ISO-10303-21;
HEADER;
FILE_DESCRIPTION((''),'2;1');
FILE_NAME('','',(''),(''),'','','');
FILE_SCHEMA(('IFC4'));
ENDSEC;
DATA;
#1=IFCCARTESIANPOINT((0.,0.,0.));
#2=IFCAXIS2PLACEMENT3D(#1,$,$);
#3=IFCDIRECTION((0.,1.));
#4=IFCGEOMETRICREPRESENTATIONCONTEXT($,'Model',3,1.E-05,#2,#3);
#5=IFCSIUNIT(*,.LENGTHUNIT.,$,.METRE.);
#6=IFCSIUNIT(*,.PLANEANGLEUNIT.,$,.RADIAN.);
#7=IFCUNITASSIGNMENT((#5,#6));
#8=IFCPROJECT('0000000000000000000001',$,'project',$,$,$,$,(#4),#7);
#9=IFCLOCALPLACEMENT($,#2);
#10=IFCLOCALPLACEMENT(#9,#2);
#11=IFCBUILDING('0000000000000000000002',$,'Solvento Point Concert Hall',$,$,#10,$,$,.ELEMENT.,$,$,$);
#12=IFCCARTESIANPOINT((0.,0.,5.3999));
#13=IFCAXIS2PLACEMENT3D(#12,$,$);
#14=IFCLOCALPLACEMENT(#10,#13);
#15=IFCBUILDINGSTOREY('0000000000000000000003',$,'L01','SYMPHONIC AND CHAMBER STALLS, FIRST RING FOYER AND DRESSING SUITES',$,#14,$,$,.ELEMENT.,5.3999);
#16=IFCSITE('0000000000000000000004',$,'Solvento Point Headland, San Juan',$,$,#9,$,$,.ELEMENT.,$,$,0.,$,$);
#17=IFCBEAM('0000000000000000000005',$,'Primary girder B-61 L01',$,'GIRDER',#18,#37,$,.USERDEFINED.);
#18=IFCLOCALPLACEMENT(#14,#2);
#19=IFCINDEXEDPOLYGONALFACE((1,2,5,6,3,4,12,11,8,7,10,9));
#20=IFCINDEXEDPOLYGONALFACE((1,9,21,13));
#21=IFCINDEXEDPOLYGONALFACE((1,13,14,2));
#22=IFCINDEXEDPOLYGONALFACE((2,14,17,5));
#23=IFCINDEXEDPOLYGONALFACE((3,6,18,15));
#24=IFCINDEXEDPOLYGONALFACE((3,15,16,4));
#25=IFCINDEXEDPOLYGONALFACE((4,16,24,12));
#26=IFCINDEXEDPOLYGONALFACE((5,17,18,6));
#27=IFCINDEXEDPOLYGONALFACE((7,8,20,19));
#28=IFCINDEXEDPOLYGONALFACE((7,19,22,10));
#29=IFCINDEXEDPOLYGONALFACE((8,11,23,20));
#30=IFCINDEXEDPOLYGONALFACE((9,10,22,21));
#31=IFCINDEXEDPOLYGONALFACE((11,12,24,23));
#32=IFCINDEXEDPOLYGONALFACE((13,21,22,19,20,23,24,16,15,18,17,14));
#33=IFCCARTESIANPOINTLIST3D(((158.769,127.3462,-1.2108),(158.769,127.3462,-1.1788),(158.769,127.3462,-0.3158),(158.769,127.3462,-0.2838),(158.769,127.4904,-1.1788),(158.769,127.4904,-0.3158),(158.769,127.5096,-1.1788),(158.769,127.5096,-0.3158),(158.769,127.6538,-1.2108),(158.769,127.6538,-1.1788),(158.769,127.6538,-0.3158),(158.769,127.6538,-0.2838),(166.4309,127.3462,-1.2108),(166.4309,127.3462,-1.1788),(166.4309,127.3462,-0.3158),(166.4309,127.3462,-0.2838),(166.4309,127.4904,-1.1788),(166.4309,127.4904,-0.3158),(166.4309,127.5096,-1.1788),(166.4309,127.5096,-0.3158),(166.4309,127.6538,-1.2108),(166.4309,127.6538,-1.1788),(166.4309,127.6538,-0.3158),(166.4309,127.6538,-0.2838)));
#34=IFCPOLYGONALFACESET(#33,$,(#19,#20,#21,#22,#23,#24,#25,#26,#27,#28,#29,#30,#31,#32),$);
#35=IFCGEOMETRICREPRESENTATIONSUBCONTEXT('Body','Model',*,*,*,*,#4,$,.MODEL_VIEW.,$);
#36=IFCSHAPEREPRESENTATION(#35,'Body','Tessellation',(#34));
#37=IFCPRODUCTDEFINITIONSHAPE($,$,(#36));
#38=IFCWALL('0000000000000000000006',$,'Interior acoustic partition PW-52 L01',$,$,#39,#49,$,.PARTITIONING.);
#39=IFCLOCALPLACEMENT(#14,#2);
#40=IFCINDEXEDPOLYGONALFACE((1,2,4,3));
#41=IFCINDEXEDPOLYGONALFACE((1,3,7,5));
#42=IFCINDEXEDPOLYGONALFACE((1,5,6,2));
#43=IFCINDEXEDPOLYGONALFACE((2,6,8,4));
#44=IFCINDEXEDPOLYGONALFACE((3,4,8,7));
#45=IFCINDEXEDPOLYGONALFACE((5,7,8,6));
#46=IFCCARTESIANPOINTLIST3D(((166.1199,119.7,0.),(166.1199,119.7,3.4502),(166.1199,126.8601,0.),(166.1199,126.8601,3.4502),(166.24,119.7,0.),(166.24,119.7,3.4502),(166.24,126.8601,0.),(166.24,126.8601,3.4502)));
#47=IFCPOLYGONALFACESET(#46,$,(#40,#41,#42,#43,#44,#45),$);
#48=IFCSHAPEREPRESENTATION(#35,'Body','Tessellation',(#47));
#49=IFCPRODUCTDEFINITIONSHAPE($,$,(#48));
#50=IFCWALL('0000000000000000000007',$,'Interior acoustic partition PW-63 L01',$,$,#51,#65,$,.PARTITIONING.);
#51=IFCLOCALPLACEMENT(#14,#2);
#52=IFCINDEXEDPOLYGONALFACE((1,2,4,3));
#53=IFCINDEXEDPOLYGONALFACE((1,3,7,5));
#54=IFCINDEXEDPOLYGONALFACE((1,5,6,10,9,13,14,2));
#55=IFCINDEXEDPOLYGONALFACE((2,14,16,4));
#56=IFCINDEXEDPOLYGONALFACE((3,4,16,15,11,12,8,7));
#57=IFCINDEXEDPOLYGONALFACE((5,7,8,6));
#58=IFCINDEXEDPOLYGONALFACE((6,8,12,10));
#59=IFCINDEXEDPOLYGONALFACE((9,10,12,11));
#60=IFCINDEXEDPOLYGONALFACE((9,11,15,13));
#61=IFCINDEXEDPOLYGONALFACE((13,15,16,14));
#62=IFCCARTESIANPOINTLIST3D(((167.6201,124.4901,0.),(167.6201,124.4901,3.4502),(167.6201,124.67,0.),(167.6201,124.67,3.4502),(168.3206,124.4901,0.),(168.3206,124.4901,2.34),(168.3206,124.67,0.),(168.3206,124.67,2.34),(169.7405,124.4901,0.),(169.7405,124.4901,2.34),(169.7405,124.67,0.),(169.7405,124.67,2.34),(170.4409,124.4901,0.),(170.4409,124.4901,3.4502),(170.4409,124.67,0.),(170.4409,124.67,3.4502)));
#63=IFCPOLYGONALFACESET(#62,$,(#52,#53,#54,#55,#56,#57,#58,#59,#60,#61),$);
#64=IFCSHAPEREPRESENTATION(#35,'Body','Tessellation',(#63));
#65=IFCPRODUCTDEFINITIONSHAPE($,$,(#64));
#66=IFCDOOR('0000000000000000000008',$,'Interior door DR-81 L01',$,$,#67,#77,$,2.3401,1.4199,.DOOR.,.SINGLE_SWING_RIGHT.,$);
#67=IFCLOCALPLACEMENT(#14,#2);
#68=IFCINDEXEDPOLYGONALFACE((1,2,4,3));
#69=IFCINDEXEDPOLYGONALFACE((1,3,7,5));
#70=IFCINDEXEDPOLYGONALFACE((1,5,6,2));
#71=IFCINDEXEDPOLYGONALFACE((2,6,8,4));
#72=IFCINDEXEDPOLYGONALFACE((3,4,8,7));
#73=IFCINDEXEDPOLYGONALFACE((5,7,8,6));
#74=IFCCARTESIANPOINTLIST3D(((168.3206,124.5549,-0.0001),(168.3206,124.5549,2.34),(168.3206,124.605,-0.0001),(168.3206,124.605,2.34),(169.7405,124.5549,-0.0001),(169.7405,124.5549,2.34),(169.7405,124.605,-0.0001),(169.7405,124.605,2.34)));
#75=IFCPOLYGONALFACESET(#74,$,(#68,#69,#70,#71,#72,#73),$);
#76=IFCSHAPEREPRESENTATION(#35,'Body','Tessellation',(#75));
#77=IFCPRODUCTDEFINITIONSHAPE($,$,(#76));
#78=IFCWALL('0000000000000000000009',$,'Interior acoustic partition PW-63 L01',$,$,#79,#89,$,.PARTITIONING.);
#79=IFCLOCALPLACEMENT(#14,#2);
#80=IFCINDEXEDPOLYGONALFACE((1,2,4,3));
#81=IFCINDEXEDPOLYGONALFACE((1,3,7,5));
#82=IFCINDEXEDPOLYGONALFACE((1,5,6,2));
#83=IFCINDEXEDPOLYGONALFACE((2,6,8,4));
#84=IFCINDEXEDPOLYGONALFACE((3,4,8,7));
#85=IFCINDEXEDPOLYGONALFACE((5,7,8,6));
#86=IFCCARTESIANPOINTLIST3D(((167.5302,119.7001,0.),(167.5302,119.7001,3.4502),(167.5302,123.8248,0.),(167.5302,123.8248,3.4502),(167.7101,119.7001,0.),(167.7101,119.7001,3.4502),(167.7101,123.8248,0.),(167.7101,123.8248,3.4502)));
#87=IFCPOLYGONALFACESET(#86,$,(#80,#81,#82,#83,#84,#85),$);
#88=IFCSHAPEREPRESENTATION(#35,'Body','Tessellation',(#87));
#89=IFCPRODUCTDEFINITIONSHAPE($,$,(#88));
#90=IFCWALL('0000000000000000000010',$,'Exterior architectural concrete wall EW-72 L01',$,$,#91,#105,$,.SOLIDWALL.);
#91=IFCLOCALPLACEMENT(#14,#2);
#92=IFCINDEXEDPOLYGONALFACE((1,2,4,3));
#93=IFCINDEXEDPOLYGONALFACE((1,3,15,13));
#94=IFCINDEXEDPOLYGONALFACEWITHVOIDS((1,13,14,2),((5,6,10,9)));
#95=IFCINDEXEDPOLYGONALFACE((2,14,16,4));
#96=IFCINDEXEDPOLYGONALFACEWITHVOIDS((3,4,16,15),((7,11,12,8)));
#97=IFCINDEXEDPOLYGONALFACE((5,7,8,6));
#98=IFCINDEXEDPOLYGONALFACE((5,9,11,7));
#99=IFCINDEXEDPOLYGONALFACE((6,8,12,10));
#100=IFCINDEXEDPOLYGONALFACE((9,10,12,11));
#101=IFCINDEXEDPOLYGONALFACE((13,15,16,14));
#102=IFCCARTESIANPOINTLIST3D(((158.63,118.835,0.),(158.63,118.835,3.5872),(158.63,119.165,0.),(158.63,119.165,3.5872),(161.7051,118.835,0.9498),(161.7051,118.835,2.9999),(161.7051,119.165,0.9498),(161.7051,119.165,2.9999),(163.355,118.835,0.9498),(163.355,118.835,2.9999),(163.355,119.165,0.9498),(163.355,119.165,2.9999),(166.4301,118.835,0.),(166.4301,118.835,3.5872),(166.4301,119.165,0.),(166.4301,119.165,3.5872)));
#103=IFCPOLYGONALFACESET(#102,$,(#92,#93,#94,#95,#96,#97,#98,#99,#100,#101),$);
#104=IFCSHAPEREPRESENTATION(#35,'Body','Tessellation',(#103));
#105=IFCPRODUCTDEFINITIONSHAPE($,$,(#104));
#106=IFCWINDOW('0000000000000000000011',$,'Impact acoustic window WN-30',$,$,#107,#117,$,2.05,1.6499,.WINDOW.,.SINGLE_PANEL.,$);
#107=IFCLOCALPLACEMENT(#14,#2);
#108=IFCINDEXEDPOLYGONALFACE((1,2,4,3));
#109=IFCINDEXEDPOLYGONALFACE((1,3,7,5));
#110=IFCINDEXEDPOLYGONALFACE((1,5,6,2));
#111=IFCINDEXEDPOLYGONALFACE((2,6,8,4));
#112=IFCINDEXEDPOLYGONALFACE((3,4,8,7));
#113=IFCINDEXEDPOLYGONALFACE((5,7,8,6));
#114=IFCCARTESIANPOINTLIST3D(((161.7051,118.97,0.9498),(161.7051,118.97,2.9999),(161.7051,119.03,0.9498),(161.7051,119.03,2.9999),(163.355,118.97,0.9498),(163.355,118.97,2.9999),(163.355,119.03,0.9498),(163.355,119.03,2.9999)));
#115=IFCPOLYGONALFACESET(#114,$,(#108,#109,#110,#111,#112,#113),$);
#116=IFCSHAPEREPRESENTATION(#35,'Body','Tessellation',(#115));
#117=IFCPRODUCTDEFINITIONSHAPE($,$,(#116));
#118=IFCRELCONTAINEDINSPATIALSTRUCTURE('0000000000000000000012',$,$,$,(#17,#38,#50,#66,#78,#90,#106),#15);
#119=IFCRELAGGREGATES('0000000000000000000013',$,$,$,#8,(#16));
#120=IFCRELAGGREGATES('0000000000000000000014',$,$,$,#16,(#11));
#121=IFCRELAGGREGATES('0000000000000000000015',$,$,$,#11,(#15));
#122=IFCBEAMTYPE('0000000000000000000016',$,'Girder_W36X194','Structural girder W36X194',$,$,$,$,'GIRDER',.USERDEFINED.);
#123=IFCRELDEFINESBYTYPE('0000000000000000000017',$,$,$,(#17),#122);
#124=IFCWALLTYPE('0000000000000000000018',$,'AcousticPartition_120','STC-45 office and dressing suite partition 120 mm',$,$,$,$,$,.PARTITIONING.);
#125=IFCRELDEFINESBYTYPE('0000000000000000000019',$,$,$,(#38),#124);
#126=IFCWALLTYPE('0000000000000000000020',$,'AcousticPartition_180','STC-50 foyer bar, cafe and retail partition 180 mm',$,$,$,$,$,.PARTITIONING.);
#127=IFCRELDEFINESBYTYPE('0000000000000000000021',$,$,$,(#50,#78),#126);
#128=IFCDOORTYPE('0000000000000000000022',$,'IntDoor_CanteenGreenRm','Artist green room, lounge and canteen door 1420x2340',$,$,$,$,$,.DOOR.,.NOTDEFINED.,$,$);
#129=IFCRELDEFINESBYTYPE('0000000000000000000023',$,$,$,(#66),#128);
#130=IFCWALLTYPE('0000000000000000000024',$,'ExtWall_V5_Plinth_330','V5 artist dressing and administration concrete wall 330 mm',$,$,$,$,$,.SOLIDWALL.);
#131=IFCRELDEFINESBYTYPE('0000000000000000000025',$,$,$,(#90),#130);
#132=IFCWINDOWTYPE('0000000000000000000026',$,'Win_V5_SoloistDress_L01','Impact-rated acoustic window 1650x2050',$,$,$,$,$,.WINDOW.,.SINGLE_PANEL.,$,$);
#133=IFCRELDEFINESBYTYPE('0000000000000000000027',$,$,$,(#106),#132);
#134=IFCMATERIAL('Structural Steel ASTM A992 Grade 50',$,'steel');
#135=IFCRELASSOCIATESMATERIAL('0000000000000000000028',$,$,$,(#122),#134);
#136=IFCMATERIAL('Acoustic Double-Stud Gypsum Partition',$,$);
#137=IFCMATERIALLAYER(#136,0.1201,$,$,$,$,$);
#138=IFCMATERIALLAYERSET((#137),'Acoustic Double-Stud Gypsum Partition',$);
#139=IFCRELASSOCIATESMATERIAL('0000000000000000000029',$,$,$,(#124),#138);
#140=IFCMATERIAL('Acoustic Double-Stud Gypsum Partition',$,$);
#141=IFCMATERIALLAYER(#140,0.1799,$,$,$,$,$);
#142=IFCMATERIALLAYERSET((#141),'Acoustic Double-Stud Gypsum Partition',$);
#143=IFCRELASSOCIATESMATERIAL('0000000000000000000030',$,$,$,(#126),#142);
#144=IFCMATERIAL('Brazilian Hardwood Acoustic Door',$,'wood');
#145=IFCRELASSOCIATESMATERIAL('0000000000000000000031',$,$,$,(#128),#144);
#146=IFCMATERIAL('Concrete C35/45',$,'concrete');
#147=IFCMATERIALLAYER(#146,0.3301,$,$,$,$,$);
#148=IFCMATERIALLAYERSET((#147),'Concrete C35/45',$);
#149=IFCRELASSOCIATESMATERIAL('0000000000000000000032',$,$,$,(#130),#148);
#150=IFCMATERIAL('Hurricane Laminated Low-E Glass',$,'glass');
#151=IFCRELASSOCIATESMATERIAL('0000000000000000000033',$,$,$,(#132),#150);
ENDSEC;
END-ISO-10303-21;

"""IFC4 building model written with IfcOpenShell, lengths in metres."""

from ifc_helpers import new_model, si_unit, direction, frame, frame_2d, origin, origin_2d, place, context, subcontext, project, spatial, rectangle, i_section, extrude, material, layer, layer_set, material_profile, profile_set, type_object, element, fill, save


model = new_model("IFC4")

# Units and contexts
model_context = context("Model", 3, precision=1e-05, world=origin(), true_north=direction((0.0, 1.0)))
body_context = subcontext(model_context, "Body", "Model", "MODEL_VIEW")
ifc_project = project(units=[si_unit("LENGTHUNIT", "METRE"), si_unit("PLANEANGLEUNIT", "RADIAN")], contexts=[model_context])

# Site, building, storey
site_placement = place(None, origin())
site = spatial("IfcSite", under=ifc_project, at=site_placement, Name="Solvento Point Headland, San Juan", CompositionType="ELEMENT", RefElevation=0.0)
building_placement = place(site_placement, origin())
building = spatial("IfcBuilding", under=site, at=building_placement, Name="Solvento Point Concert Hall", CompositionType="ELEMENT")
storey_placement = place(building_placement, frame((0.0, 0.0, 5.3999)))
storey = spatial("IfcBuildingStorey", under=building, at=storey_placement, Name="L01", Description="SYMPHONIC AND CHAMBER STALLS, FIRST RING FOYER AND DRESSING SUITES", CompositionType="ELEMENT", Elevation=5.3999)

# Beam
ifc_material_1 = material(Name="Structural Steel ASTM A992 Grade 50", Category="steel")
ifc_material_profile_1 = material_profile(ifc_material_1, i_section(OverallWidth=0.3076, OverallDepth=0.927, WebThickness=0.0193, FlangeThickness=0.032, at=origin_2d()), Name="W36X194")
ifc_profile_set_1 = profile_set([ifc_material_profile_1], Name="Structural Steel ASTM A992 Grade 50")
beam_type_1 = type_object("IfcBeamType", Name="Girder_W36X194", Description="Structural girder W36X194", ElementType="GIRDER", PredefinedType="USERDEFINED", material=ifc_profile_set_1)
beam_1_placement = place(storey_placement, frame((158.769, 127.5, -0.7473), z_axis=(1.0, 0.0, 0.0), x_axis=(0.0, 1.0, 0.0)))
element("IfcBeam", 1, at=beam_1_placement, inside=storey, type_object=beam_type_1, Name="Primary girder B-61 L01", ObjectType="GIRDER", PredefinedType="USERDEFINED", context=body_context, shape_type="SweptSolid", body=[
    extrude(i_section(OverallWidth=0.3076, OverallDepth=0.927, WebThickness=0.0193, FlangeThickness=0.032, at=origin_2d()), origin(), (0.0, 0.0, 1.0), 7.6619),
])

# Wall
ifc_material_2 = material(Name="Acoustic Double-Stud Gypsum Partition")
ifc_layer_1 = layer(ifc_material_2, 0.1201)
ifc_layer_set_1 = layer_set([ifc_layer_1], Name="Acoustic Double-Stud Gypsum Partition")
wall_type_1 = type_object("IfcWallType", Name="AcousticPartition_120", Description="STC-45 office and dressing suite partition 120 mm", PredefinedType="PARTITIONING", material=ifc_layer_set_1)
wall_1_placement = place(storey_placement, frame((166.1799, 126.8601, 0.0), z_axis=(0.0, 0.0, 1.0), x_axis=(0.0, -1.0, 0.0)))
element("IfcWall", 2, at=wall_1_placement, inside=storey, type_object=wall_type_1, Name="Interior acoustic partition PW-52 L01", PredefinedType="PARTITIONING", context=body_context, shape_type="SweptSolid", body=[
    extrude(rectangle(XDim=7.1602, YDim=0.1201, at=frame_2d((3.5801, 0.0))), origin(), (0.0, 0.0, 1.0), 3.4502),
])

# Wall, opening, door
ifc_material_3 = material(Name="Acoustic Double-Stud Gypsum Partition")
ifc_layer_2 = layer(ifc_material_3, 0.1799)
ifc_layer_set_2 = layer_set([ifc_layer_2], Name="Acoustic Double-Stud Gypsum Partition")
wall_type_2 = type_object("IfcWallType", Name="AcousticPartition_180", Description="STC-50 foyer bar, cafe and retail partition 180 mm", PredefinedType="PARTITIONING", material=ifc_layer_set_2)
wall_2_placement = place(storey_placement, frame((167.6201, 124.5801, 0.0), z_axis=(0.0, 0.0, 1.0), x_axis=(1.0, 0.0, 0.0)))
wall_2 = element("IfcWall", 3, at=wall_2_placement, inside=storey, type_object=wall_type_2, Name="Interior acoustic partition PW-63 L01", PredefinedType="PARTITIONING", context=body_context, shape_type="SweptSolid", body=[
    extrude(rectangle(XDim=2.8208, YDim=0.1799, at=frame_2d((1.4104, 0.0))), origin(), (0.0, 0.0, 1.0), 3.4502),
])
opening_1_placement = place(wall_2_placement, frame((0.7004, 0.0, 0.0)))
opening_1 = element("IfcOpeningElement", 4, at=opening_1_placement, cuts=wall_2, PredefinedType="OPENING", context=body_context, shape_type="SweptSolid", body=[
    extrude(rectangle(XDim=1.4199, YDim=2.3401, at=frame_2d((0.71, 1.1699))), frame((0.0, 0.0999, 0.0), z_axis=(0.0, -1.0, 0.0), x_axis=(1.0, 0.0, 0.0)), (0.0, 0.0, 1.0), 0.2),
])
ifc_material_4 = material(Name="Brazilian Hardwood Acoustic Door", Category="wood")
door_type = type_object("IfcDoorType", Name="IntDoor_CanteenGreenRm", Description="Artist green room, lounge and canteen door 1420x2340", OperationType="NOTDEFINED", PredefinedType="DOOR", material=ifc_material_4)
door_placement = place(opening_1_placement, origin())
door = element("IfcDoor", 5, at=door_placement, inside=storey, type_object=door_type, Name="Interior door DR-81 L01", OperationType="SINGLE_SWING_RIGHT", OverallHeight=2.3401, OverallWidth=1.4199, PredefinedType="DOOR", context=body_context, shape_type="SweptSolid", body=[
    extrude(rectangle(XDim=1.4199, YDim=2.3401, at=frame_2d((0.71, 1.1699))), frame((0.0, 0.0249, 0.0), z_axis=(0.0, -1.0, 0.0), x_axis=(1.0, 0.0, 0.0)), (0.0, 0.0, 1.0), 0.05),
])
fill(opening_1, door)

# Wall
wall_3_placement = place(storey_placement, frame((167.6201, 119.7, 0.0), z_axis=(0.0, 0.0, 1.0), x_axis=(0.0, 1.0, 0.0)))
element("IfcWall", 6, at=wall_3_placement, inside=storey, type_object=wall_type_2, Name="Interior acoustic partition PW-63 L01", PredefinedType="PARTITIONING", context=body_context, shape_type="SweptSolid", body=[
    extrude(rectangle(XDim=4.1248, YDim=0.1799, at=frame_2d((2.0625, 0.0))), origin(), (0.0, 0.0, 1.0), 3.4502),
])

# Wall, opening, window
ifc_material_5 = material(Name="Concrete C35/45", Category="concrete")
ifc_layer_3 = layer(ifc_material_5, 0.3301)
ifc_layer_set_3 = layer_set([ifc_layer_3], Name="Concrete C35/45")
wall_type_3 = type_object("IfcWallType", Name="ExtWall_V5_Plinth_330", Description="V5 artist dressing and administration concrete wall 330 mm", PredefinedType="SOLIDWALL", material=ifc_layer_set_3)
wall_4_placement = place(storey_placement, frame((166.4299, 119.0, 0.0), z_axis=(0.0, 0.0, 1.0), x_axis=(-1.0, 0.0, 0.0)))
wall_4 = element("IfcWall", 7, at=wall_4_placement, inside=storey, type_object=wall_type_3, Name="Exterior architectural concrete wall EW-72 L01", PredefinedType="SOLIDWALL", context=body_context, shape_type="SweptSolid", body=[
    extrude(rectangle(XDim=7.8, YDim=0.3301, at=frame_2d((3.8999, 0.0))), origin(), (0.0, 0.0, 1.0), 3.5872),
])
opening_2_placement = place(wall_4_placement, frame((3.075, 0.0, 0.95)))
opening_2 = element("IfcOpeningElement", 8, at=opening_2_placement, cuts=wall_4, PredefinedType="OPENING", context=body_context, shape_type="SweptSolid", body=[
    extrude(rectangle(XDim=1.6499, YDim=2.05, at=frame_2d((0.825, 1.0249))), frame((0.0, 0.175, 0.0), z_axis=(0.0, -1.0, 0.0), x_axis=(1.0, 0.0, 0.0)), (0.0, 0.0, 1.0), 0.3501),
])
ifc_material_6 = material(Name="Hurricane Laminated Low-E Glass", Category="glass")
window_type = type_object("IfcWindowType", Name="Win_V5_SoloistDress_L01", Description="Impact-rated acoustic window 1650x2050", PartitioningType="SINGLE_PANEL", PredefinedType="WINDOW", material=ifc_material_6)
window_placement = place(opening_2_placement, origin())
window = element("IfcWindow", 9, at=window_placement, inside=storey, type_object=window_type, Name="Impact acoustic window WN-30", OverallHeight=2.05, OverallWidth=1.6499, PartitioningType="SINGLE_PANEL", PredefinedType="WINDOW", context=body_context, shape_type="SweptSolid", body=[
    extrude(rectangle(XDim=1.6499, YDim=2.05, at=frame_2d((0.825, 1.0249))), frame((0.0, 0.03, 0.0), z_axis=(0.0, -1.0, 0.0), x_axis=(1.0, 0.0, 0.0)), (0.0, 0.0, 1.0), 0.0601),
])
fill(opening_2, window)

save(model, "model.ifc")
